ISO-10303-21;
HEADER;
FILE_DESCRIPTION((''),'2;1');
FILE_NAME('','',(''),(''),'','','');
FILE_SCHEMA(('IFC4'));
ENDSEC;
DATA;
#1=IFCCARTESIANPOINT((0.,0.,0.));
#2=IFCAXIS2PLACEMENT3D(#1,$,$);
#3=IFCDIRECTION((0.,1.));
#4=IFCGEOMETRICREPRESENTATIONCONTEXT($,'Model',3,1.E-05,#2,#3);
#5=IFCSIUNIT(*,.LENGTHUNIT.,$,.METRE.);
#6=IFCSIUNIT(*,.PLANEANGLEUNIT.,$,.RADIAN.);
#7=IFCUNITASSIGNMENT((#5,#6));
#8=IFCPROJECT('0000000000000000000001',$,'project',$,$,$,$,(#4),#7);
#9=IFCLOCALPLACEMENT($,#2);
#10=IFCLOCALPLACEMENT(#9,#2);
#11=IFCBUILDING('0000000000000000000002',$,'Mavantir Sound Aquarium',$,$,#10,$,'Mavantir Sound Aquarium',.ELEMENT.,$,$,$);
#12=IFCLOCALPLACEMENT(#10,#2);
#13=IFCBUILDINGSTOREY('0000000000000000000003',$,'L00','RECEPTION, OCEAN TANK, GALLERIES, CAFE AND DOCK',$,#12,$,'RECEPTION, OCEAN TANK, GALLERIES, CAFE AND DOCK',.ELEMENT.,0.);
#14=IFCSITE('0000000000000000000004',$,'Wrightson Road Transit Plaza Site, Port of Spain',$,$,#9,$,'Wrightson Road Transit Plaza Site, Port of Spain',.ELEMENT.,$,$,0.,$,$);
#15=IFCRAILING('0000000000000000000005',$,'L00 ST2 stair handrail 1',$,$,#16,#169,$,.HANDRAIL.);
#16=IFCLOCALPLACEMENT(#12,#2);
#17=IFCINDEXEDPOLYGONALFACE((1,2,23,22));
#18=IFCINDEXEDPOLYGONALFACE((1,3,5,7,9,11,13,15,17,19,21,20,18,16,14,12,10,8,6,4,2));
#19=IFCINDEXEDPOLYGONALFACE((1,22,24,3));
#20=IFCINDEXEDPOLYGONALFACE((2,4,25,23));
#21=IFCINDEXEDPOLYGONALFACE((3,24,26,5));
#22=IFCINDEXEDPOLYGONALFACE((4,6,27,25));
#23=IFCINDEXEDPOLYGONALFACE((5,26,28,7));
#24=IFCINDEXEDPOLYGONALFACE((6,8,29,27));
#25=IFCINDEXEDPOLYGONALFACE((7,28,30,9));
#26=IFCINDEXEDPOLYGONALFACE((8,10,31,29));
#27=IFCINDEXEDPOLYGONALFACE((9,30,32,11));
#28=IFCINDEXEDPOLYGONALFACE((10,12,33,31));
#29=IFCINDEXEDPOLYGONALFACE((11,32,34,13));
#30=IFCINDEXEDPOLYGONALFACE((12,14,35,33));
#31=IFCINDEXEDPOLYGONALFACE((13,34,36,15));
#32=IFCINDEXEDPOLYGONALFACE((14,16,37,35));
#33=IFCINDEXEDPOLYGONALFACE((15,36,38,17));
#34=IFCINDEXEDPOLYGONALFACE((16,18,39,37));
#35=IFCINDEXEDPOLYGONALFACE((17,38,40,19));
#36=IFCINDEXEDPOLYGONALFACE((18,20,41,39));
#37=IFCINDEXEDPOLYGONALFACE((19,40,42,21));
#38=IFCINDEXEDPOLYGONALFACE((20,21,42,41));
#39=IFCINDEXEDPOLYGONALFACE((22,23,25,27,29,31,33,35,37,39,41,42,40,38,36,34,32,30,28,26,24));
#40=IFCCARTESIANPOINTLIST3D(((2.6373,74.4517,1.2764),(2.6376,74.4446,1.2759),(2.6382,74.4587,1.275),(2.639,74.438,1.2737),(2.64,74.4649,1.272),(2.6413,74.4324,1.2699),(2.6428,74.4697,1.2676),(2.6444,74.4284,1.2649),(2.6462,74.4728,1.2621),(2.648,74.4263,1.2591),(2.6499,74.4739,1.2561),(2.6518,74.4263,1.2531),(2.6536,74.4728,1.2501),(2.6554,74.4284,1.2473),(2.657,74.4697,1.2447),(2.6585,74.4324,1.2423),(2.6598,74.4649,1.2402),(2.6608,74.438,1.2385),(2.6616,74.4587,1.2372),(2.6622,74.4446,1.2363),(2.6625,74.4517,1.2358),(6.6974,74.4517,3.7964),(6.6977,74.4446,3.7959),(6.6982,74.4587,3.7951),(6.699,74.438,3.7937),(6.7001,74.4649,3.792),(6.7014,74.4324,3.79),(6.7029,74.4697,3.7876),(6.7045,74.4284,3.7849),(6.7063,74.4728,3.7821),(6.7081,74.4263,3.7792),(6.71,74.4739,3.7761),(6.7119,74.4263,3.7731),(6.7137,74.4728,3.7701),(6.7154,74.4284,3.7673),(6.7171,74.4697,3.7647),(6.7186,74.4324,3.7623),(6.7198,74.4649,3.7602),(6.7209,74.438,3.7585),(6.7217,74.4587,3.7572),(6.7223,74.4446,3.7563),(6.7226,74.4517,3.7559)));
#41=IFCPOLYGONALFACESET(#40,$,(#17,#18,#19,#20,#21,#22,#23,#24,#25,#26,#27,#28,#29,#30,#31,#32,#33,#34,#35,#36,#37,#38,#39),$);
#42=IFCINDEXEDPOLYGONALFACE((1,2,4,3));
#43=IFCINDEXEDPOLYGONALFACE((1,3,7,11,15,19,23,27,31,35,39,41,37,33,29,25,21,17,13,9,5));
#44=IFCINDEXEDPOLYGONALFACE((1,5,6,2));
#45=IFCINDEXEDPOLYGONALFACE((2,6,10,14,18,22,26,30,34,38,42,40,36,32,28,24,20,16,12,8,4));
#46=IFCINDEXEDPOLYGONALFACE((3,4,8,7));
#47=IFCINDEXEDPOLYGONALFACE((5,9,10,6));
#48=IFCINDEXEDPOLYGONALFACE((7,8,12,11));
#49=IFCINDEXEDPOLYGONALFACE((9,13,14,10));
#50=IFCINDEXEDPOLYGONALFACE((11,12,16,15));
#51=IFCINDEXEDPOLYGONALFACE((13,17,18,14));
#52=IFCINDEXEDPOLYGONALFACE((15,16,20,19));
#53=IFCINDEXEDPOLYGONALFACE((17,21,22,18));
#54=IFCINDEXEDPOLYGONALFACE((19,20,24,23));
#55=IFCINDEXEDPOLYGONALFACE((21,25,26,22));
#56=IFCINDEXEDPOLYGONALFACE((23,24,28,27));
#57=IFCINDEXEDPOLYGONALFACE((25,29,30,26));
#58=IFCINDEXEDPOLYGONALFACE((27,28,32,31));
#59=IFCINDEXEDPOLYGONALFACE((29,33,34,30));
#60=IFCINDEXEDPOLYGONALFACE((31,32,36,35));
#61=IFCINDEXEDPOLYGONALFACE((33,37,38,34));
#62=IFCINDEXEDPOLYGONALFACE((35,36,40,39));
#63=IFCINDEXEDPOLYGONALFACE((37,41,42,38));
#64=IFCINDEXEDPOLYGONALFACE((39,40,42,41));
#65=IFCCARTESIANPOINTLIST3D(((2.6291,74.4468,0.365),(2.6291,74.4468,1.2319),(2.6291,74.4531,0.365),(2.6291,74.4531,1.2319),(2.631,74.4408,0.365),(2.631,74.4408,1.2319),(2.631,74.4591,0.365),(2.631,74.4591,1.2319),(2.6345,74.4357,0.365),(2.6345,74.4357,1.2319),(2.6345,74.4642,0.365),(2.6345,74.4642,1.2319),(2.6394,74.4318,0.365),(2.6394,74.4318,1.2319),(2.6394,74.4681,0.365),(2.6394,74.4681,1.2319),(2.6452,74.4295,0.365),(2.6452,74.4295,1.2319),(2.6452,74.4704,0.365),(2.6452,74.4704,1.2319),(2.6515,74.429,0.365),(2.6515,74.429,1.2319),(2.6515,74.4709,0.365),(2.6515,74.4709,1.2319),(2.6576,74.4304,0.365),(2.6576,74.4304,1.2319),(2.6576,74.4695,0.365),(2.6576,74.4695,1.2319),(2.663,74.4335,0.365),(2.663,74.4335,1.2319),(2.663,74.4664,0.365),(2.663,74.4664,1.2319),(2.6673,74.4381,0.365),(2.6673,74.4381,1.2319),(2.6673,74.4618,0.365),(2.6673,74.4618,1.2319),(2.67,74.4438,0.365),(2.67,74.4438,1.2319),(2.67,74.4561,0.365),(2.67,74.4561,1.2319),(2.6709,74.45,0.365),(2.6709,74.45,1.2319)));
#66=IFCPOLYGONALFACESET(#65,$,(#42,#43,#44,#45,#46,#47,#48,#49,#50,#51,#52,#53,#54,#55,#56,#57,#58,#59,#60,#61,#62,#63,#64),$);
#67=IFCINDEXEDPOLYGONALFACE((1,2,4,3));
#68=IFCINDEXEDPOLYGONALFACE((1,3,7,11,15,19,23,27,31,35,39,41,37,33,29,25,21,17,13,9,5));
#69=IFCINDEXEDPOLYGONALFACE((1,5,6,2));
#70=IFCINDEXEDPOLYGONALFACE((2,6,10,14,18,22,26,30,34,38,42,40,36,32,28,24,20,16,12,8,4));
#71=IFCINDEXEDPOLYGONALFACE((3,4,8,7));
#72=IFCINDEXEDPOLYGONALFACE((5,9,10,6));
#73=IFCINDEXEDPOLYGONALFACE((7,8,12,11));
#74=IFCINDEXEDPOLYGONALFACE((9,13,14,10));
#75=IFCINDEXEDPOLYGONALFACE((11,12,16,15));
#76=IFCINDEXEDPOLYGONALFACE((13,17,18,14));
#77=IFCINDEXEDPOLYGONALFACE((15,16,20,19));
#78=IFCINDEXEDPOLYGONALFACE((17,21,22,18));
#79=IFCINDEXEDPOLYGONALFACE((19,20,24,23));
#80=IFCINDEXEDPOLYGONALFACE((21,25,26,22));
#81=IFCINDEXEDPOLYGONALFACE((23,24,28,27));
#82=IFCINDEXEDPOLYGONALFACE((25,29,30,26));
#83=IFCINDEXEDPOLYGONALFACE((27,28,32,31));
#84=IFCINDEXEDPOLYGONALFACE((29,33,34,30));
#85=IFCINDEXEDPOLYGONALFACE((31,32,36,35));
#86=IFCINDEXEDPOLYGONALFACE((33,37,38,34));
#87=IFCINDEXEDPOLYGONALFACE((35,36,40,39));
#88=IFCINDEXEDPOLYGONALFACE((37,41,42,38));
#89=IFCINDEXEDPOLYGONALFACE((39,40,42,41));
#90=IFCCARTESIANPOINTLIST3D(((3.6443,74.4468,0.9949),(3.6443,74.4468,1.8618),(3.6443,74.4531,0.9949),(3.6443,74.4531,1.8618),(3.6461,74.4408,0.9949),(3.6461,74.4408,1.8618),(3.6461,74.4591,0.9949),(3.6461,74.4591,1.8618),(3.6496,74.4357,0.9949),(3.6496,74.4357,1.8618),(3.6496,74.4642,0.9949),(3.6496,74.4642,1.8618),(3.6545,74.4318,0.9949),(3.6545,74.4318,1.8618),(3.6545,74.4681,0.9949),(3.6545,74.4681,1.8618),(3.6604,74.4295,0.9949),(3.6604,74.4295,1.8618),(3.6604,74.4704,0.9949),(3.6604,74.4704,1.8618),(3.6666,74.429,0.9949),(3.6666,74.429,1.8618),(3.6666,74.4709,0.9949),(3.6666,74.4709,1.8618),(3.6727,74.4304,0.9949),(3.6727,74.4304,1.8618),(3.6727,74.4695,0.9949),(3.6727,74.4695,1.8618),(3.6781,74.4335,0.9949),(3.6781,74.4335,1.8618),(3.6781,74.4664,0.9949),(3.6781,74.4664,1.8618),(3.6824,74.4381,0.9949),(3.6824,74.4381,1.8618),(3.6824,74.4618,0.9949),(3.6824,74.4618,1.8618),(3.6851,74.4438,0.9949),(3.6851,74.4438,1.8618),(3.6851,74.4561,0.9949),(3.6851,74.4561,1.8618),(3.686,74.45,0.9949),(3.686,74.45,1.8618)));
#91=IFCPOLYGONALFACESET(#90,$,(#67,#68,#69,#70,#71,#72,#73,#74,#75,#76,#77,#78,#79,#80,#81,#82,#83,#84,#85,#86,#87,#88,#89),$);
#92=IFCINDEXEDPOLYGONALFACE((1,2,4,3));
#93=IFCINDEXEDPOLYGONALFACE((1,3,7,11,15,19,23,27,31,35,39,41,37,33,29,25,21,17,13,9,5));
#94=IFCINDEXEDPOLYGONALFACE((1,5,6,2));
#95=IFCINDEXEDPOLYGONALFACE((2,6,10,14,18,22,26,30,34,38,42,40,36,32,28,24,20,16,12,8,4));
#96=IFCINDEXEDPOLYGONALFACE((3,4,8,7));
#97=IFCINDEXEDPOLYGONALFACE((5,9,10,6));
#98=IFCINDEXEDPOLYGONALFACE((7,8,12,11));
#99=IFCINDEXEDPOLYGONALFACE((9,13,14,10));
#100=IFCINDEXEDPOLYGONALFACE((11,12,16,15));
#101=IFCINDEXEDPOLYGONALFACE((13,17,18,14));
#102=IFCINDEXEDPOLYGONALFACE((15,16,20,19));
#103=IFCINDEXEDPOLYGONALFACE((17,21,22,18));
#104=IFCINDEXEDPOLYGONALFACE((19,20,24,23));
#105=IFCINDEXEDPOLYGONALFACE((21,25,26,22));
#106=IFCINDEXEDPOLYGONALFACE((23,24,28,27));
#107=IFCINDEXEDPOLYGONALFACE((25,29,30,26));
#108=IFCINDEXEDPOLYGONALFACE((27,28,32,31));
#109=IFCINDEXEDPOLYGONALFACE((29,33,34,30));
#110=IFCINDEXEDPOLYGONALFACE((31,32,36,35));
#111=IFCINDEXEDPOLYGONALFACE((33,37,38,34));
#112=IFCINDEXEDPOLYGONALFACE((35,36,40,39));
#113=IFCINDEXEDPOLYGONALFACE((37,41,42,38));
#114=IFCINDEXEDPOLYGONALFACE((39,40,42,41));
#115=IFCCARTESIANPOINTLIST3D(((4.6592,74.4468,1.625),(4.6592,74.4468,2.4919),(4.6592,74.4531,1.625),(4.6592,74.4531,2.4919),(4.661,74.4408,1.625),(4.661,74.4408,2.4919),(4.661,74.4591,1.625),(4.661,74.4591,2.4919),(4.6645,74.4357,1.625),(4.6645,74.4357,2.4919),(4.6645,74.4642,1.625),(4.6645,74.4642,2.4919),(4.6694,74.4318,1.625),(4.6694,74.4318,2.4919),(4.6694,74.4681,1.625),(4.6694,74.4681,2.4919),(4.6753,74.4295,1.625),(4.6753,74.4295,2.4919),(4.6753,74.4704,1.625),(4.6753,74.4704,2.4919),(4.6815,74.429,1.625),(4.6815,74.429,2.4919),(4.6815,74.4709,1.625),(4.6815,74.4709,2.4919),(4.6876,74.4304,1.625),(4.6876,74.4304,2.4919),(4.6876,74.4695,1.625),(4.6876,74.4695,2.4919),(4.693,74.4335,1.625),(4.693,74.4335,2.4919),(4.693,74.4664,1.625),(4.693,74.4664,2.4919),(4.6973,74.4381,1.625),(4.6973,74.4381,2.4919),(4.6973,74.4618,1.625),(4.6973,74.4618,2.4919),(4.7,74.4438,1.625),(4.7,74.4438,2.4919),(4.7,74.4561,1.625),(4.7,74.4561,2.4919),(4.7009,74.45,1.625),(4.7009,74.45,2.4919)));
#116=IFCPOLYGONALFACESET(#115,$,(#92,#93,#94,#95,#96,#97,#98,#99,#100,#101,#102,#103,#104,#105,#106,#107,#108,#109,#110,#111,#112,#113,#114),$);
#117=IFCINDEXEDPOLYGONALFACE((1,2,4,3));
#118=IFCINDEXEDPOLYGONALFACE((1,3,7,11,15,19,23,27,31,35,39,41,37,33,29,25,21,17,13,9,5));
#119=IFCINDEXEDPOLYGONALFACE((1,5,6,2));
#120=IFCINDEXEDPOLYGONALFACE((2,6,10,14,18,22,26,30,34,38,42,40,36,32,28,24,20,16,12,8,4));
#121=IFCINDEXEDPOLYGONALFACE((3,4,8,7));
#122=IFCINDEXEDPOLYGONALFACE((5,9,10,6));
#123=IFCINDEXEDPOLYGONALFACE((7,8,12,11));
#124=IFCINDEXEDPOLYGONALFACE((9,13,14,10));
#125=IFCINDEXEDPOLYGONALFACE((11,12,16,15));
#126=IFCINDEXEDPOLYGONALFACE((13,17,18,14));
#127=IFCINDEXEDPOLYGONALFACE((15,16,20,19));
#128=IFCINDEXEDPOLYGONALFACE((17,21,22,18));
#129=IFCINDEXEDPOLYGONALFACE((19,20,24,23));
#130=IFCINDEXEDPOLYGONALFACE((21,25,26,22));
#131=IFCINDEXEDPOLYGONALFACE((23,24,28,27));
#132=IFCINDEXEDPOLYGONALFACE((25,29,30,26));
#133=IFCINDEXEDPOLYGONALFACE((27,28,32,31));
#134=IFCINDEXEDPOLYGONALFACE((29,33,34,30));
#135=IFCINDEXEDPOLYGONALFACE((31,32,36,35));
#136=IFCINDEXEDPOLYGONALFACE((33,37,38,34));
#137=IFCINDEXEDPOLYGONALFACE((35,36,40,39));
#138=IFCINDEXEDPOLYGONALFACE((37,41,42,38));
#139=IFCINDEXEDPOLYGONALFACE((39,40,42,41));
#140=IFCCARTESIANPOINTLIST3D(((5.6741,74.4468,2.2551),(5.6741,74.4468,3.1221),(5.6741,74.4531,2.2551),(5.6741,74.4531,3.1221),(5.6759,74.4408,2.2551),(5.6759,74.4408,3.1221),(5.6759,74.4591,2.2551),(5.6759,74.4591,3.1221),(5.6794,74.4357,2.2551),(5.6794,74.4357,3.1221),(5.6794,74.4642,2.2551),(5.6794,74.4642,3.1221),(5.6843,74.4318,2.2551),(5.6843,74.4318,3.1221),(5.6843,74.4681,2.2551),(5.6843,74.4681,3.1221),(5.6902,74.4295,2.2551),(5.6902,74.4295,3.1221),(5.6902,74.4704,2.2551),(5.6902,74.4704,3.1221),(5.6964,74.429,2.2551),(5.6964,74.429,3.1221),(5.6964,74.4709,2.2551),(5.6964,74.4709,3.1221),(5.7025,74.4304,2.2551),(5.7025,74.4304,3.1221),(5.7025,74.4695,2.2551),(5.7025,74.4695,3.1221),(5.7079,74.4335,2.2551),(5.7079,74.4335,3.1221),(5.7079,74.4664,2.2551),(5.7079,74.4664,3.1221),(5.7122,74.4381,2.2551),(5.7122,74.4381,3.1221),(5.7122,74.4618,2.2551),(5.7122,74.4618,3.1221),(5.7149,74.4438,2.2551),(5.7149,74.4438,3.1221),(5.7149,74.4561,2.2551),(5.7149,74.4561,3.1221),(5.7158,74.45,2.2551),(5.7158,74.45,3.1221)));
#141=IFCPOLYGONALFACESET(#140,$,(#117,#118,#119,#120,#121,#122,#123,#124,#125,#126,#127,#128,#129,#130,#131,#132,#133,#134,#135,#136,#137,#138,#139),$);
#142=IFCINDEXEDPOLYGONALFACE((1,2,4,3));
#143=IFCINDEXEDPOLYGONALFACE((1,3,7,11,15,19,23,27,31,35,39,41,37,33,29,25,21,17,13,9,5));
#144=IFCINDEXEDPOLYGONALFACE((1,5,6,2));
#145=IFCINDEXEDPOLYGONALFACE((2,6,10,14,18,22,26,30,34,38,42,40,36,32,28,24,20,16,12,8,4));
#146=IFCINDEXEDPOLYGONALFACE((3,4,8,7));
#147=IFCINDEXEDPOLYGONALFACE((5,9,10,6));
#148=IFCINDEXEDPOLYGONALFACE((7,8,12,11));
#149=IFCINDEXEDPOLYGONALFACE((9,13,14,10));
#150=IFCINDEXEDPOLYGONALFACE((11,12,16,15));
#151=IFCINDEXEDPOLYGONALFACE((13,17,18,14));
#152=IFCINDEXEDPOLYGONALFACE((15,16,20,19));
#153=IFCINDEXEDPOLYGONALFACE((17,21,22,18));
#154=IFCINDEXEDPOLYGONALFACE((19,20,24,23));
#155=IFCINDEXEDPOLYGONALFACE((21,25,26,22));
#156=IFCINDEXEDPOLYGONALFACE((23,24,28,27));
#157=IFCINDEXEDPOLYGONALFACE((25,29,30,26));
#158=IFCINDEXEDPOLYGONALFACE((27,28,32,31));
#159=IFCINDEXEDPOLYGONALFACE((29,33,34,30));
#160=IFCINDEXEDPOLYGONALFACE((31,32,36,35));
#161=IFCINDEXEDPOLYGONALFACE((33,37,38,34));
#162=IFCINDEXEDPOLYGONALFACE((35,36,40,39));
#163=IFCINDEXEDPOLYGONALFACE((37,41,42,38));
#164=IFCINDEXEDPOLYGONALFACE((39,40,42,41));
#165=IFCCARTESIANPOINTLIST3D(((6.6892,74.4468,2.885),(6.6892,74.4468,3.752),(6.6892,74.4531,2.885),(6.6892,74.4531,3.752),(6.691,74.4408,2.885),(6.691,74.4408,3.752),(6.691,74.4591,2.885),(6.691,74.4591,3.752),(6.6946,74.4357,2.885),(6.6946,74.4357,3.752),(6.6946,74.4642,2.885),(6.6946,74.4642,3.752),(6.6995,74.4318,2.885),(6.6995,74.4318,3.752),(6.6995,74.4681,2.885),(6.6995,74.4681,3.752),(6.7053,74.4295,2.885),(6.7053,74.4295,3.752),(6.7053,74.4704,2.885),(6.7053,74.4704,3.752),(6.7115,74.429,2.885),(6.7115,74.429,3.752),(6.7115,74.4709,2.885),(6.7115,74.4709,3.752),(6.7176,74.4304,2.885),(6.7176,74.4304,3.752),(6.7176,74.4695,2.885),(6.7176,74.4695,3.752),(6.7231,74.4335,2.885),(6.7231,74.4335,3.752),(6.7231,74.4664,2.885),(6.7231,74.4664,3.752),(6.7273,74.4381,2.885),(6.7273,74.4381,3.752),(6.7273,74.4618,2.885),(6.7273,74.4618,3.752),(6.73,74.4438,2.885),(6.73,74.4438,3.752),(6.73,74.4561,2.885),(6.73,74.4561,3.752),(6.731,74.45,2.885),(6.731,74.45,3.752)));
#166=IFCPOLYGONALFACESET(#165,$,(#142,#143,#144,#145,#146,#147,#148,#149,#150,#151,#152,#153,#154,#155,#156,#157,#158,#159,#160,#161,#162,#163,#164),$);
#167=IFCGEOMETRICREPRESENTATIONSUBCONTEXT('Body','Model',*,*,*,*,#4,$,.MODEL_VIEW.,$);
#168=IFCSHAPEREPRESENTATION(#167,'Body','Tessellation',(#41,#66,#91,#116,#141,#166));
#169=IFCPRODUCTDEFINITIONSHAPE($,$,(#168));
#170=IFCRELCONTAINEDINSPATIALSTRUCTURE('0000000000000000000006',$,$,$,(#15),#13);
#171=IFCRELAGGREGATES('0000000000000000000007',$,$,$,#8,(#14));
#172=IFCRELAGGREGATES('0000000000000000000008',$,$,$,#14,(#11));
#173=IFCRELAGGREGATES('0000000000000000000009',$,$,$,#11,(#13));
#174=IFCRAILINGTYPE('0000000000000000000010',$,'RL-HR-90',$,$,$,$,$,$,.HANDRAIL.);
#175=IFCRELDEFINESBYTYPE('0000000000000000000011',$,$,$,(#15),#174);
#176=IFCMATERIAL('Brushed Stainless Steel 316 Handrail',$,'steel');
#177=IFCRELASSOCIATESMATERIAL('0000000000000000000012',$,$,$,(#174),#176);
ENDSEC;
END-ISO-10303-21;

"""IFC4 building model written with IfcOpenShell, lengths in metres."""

from ifc_helpers import new_model, si_unit, direction, frame, origin, origin_2d, place, context, subcontext, project, spatial, circle, extrude, material, type_object, element, save


model = new_model("IFC4")

# Units and contexts
model_context = context("Model", 3, precision=1e-05, world=origin(), true_north=direction((0.0, 1.0)))
body_context = subcontext(model_context, "Body", "Model", "MODEL_VIEW")
ifc_project = project(units=[si_unit("LENGTHUNIT", "METRE"), si_unit("PLANEANGLEUNIT", "RADIAN")], contexts=[model_context])

# Site, building, storey
site_placement = place(None, origin())
site = spatial("IfcSite", under=ifc_project, at=site_placement, Name="Wrightson Road Transit Plaza Site, Port of Spain", LongName="Wrightson Road Transit Plaza Site, Port of Spain", CompositionType="ELEMENT", RefElevation=0.0)
building_placement = place(site_placement, origin())
building = spatial("IfcBuilding", under=site, at=building_placement, Name="Mavantir Sound Aquarium", LongName="Mavantir Sound Aquarium", CompositionType="ELEMENT")
storey_placement = place(building_placement, origin())
storey = spatial("IfcBuildingStorey", under=building, at=storey_placement, Name="L00", Description="RECEPTION, OCEAN TANK, GALLERIES, CAFE AND DOCK", LongName="RECEPTION, OCEAN TANK, GALLERIES, CAFE AND DOCK", CompositionType="ELEMENT", Elevation=0.0)

# Railing
ifc_material_1 = material(Name="Brushed Stainless Steel 316 Handrail", Category="steel")
railing_type_1 = type_object("IfcRailingType", Name="RL-HR-90", PredefinedType="HANDRAIL", material=ifc_material_1)
railing_1_placement = place(storey_placement, frame((2.6499, 74.45, 0.365)))
element("IfcRailing", 1, at=railing_1_placement, inside=storey, type_object=railing_type_1, Name="L00 ST2 stair handrail 1", PredefinedType="HANDRAIL", context=body_context, shape_type="SweptSolid", body=[
    extrude(circle(Radius=0.0239, at=origin_2d()), frame((0.0, 0.0, 0.8911), z_axis=(0.849642, 0.0, 0.52736), x_axis=(0.0, 1.0, 0.0)), (0.0, 0.0, 1.0), 4.7786),
    extrude(circle(Radius=0.021, at=origin_2d()), origin(), (0.0, 0.0, 1.0), 0.8669),
    extrude(circle(Radius=0.021, at=origin_2d()), frame((1.0151, 0.0, 0.6299)), (0.0, 0.0, 1.0), 0.8669),
    extrude(circle(Radius=0.021, at=origin_2d()), frame((2.03, 0.0, 1.26)), (0.0, 0.0, 1.0), 0.8669),
    extrude(circle(Radius=0.021, at=origin_2d()), frame((3.0449, 0.0, 1.8901)), (0.0, 0.0, 1.0), 0.8669),
    extrude(circle(Radius=0.021, at=origin_2d()), frame((4.0601, 0.0, 2.52)), (0.0, 0.0, 1.0), 0.8669),
])

save(model, "model.ifc")
